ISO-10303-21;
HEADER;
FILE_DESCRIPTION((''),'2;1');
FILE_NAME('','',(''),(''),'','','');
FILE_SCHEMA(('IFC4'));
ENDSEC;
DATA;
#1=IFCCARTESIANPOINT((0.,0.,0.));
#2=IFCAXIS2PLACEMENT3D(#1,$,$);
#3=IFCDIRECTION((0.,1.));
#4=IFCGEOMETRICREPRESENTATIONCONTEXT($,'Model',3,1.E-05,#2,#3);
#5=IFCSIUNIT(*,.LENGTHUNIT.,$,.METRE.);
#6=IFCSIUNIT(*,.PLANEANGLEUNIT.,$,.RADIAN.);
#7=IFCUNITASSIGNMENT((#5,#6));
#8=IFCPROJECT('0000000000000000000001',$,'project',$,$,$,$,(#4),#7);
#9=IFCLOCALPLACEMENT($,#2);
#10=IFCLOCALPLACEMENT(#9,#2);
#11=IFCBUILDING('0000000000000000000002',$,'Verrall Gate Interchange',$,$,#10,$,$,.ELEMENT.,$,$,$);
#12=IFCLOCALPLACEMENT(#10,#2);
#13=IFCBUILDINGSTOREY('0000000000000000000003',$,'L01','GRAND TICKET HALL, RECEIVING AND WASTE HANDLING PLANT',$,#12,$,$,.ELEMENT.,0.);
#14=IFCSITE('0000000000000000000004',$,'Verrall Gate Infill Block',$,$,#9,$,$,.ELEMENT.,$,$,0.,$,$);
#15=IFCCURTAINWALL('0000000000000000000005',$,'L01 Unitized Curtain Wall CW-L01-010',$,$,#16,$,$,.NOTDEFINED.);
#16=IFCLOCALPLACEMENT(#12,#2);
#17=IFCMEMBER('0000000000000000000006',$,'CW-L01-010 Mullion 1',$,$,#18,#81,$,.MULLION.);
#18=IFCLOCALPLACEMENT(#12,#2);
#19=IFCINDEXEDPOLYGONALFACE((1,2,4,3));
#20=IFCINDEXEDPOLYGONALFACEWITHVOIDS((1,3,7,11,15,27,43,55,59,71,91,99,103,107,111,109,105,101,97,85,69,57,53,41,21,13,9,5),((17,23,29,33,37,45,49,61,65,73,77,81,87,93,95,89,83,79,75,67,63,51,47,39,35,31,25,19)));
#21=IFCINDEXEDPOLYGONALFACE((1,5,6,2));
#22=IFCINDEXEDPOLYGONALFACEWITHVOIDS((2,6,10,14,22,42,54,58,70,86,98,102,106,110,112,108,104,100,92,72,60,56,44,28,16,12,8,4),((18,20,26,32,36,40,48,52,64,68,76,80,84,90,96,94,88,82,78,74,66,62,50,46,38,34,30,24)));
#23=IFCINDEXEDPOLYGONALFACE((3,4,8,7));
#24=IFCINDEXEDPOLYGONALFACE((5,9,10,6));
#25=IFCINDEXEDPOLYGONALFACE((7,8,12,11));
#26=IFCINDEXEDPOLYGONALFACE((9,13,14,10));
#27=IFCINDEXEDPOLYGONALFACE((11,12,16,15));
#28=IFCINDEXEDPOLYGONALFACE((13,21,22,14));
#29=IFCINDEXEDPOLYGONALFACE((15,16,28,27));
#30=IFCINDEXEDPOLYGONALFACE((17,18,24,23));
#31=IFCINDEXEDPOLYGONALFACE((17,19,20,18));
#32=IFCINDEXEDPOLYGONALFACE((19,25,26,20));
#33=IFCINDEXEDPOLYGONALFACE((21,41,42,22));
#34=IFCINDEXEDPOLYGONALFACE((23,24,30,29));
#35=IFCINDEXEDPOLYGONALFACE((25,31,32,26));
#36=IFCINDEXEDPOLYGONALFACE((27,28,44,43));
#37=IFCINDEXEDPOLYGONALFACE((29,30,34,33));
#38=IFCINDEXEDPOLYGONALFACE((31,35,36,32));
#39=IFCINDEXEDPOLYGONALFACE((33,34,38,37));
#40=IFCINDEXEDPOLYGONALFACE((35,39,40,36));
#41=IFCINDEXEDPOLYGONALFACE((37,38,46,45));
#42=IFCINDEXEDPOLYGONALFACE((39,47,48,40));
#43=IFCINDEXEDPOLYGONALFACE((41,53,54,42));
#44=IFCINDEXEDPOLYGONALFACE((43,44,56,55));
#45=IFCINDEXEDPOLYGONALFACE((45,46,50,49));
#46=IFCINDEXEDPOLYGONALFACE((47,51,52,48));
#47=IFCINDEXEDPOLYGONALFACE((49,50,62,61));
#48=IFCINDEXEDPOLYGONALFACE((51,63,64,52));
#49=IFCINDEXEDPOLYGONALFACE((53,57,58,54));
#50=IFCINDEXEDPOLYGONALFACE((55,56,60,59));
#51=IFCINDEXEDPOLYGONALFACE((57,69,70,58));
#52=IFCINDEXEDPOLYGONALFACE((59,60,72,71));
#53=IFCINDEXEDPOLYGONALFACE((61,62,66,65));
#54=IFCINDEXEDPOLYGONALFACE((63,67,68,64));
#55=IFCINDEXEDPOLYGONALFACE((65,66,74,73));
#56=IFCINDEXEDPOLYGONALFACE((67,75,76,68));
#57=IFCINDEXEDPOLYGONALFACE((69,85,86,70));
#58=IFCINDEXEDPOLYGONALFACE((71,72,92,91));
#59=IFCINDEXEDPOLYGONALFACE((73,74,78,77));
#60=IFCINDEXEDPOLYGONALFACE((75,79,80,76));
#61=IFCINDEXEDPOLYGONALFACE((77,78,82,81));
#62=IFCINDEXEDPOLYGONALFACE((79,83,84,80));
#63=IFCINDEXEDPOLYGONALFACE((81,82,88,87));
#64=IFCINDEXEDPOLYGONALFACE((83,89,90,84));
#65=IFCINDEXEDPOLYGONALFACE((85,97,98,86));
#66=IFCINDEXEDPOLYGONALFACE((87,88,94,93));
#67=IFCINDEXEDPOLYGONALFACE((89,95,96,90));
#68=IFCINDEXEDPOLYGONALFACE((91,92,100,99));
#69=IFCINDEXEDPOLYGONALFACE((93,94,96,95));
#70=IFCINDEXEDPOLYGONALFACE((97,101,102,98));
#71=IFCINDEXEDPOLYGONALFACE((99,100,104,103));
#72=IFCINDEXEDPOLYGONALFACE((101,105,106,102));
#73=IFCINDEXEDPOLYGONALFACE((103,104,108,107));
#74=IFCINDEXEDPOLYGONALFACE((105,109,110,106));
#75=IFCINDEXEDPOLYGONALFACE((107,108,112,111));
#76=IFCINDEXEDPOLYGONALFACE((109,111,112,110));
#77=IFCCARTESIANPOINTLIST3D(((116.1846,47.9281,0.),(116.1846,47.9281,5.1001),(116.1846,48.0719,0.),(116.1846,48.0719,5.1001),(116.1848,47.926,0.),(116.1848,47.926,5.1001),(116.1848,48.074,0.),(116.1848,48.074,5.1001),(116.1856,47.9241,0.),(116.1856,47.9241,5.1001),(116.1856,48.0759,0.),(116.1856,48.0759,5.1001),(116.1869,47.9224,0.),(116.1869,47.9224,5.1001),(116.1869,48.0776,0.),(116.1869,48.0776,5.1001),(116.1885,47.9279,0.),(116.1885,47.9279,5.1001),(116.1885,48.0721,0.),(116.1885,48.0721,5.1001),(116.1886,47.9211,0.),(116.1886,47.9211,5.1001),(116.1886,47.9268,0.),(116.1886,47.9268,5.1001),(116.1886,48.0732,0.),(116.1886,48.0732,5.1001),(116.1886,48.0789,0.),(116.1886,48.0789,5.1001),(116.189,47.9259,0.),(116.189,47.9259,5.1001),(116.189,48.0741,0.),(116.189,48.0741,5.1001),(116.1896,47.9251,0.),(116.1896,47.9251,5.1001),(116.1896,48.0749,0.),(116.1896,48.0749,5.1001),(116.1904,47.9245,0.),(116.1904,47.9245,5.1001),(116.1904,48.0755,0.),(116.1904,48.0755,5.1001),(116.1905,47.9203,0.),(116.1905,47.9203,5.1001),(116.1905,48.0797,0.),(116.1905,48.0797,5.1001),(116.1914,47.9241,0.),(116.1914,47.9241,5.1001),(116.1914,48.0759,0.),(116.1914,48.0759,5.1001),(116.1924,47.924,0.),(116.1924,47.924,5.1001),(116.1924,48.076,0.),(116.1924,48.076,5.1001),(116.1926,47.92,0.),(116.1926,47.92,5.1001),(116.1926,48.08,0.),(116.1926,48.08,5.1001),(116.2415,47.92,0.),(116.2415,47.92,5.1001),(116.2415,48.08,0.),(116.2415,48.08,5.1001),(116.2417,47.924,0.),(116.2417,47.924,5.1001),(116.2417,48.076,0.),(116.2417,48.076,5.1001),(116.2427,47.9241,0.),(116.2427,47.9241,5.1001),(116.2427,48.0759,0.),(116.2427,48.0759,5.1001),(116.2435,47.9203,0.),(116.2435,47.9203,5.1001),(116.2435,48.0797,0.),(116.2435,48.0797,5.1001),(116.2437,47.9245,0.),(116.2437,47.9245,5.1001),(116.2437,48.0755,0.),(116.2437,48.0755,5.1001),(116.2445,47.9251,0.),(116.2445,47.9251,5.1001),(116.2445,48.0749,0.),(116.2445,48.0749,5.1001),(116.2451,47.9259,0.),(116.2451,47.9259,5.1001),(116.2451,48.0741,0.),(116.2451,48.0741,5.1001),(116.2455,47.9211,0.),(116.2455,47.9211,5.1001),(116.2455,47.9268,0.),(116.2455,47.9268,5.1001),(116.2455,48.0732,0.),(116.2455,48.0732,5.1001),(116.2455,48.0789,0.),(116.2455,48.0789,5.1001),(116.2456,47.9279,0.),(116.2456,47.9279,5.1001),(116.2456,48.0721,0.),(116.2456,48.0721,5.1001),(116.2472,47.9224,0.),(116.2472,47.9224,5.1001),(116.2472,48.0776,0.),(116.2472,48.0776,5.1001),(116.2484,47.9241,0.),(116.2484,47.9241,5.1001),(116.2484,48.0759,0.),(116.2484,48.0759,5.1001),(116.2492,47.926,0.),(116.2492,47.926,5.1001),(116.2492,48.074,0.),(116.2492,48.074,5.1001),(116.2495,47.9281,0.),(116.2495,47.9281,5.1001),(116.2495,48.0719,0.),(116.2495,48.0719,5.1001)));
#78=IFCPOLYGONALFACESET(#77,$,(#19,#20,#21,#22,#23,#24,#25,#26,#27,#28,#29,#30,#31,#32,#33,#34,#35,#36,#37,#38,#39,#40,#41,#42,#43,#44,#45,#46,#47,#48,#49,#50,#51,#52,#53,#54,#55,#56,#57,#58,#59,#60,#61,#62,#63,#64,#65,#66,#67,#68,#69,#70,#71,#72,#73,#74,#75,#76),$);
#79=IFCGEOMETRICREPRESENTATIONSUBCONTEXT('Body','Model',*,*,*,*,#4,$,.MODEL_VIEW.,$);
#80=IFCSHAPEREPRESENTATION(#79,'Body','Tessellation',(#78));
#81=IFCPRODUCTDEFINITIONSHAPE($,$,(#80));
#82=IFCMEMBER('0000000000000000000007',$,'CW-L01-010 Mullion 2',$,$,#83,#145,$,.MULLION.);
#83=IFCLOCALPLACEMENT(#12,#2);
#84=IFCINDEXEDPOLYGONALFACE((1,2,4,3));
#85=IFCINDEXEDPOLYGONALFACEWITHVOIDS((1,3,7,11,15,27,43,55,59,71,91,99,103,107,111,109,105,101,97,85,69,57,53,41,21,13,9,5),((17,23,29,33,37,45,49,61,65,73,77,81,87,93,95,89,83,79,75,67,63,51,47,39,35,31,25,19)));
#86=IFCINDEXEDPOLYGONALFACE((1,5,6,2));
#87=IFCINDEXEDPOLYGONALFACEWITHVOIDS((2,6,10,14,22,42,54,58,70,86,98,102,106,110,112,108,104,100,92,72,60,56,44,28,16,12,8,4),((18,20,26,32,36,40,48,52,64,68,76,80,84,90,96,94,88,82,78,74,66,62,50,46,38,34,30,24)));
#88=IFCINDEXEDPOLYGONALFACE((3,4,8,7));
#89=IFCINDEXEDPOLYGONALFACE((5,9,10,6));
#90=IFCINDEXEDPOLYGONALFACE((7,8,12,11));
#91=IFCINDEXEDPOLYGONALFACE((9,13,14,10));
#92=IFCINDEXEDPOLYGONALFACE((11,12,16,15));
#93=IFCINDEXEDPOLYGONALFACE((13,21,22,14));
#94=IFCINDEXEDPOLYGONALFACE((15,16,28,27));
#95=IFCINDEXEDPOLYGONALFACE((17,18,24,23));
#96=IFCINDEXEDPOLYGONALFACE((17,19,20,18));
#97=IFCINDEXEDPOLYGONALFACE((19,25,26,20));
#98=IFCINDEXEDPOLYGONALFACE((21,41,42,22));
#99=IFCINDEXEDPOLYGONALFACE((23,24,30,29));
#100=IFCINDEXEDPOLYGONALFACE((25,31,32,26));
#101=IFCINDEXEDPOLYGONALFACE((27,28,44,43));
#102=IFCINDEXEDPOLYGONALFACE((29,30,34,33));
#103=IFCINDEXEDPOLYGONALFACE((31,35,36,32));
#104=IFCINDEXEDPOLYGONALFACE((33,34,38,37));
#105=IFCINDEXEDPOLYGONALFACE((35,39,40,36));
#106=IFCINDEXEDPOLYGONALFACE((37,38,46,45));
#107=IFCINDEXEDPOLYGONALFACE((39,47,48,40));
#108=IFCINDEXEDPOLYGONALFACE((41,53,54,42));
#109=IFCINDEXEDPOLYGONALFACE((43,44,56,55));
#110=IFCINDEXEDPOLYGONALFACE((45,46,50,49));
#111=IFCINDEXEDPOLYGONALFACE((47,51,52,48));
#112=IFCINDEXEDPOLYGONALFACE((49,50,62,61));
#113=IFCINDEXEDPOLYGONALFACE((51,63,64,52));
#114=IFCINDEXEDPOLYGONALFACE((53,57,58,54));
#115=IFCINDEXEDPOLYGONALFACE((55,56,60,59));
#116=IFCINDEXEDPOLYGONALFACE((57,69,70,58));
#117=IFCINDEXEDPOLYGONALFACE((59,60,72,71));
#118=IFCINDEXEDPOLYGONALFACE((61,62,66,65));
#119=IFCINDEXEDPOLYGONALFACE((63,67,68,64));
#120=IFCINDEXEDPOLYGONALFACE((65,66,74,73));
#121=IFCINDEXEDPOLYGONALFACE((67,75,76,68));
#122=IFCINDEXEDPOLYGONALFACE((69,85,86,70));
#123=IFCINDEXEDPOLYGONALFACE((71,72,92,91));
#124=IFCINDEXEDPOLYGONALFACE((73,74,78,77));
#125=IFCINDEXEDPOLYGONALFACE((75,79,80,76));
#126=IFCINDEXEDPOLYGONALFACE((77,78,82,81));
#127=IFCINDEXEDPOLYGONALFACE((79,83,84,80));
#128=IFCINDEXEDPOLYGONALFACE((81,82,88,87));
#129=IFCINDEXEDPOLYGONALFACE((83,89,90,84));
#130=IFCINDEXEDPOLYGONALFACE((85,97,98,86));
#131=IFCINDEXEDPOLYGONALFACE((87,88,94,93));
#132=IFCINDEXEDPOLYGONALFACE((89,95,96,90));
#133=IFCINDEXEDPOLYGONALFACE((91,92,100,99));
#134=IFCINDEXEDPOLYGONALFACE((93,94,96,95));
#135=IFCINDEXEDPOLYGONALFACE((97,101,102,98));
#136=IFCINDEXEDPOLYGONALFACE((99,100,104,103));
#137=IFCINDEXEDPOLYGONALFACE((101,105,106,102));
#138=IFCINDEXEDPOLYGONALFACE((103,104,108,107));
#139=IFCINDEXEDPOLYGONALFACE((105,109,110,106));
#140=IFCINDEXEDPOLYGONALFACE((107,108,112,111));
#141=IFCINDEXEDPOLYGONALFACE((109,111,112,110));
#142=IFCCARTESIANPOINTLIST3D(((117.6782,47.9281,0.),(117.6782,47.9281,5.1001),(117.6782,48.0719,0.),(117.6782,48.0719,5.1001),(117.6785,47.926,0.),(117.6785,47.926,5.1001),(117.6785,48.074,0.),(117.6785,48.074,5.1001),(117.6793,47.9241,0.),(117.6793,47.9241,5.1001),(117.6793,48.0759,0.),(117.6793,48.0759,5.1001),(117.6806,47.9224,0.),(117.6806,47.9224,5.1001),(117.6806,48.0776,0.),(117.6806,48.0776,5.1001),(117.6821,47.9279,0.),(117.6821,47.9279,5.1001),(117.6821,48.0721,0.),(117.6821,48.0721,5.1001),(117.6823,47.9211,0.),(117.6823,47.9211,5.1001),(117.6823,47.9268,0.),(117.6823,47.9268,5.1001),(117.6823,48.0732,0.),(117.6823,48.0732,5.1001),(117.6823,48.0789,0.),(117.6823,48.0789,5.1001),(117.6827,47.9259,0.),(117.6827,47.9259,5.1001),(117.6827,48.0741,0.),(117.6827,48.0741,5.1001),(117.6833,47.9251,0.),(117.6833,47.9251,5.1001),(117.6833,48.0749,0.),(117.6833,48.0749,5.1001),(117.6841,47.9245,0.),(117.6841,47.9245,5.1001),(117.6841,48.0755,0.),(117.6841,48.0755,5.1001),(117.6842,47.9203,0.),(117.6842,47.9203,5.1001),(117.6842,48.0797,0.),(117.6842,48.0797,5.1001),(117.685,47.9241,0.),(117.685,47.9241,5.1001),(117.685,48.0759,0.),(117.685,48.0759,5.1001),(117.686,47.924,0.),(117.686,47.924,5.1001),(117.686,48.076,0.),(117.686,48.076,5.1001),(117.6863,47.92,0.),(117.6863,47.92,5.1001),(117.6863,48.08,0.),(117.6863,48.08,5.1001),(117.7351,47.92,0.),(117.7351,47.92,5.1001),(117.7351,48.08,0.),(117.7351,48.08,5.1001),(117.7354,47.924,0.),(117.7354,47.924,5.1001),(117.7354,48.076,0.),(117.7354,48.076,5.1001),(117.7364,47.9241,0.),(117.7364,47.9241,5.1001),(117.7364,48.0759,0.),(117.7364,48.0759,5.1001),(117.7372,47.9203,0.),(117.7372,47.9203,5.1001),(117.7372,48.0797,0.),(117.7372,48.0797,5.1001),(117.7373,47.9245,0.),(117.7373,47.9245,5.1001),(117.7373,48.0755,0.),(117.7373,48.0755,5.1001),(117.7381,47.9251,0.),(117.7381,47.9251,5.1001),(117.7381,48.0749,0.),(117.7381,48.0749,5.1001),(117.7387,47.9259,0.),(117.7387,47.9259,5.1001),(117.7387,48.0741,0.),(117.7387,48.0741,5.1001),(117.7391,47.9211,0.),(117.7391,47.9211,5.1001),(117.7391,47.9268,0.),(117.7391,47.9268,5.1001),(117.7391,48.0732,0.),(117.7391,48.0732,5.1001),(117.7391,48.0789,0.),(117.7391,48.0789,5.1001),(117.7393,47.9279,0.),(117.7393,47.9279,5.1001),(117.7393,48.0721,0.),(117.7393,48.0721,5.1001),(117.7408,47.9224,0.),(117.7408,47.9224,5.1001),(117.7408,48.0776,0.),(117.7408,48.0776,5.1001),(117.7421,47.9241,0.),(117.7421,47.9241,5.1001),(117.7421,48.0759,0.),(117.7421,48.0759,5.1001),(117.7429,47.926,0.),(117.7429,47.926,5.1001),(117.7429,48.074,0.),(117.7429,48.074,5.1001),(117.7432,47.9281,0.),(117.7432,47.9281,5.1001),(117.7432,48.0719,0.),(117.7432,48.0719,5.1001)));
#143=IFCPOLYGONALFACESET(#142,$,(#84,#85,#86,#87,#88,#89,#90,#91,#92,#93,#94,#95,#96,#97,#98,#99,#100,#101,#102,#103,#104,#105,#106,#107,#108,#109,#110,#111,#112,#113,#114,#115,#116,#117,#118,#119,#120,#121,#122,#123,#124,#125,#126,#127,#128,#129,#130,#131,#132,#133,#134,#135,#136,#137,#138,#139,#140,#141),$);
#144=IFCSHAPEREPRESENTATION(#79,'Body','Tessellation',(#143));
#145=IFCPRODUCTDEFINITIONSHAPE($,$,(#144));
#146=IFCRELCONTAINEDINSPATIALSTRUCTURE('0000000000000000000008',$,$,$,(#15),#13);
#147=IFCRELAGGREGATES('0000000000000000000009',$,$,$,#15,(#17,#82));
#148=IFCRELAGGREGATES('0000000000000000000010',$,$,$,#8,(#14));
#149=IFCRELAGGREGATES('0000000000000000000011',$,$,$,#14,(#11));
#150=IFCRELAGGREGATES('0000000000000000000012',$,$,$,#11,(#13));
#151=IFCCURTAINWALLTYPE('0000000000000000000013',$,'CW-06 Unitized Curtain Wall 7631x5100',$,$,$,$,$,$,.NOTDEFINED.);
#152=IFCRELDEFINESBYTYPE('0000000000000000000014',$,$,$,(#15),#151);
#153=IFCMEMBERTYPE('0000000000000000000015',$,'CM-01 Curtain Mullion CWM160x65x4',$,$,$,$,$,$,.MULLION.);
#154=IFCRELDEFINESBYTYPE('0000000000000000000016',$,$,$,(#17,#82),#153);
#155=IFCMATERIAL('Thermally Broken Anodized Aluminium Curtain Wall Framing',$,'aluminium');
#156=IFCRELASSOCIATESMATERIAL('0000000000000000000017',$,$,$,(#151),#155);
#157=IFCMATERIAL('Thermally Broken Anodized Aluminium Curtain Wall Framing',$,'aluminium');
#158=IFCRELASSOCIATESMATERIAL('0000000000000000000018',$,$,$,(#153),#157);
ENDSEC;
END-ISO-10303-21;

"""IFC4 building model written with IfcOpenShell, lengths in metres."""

from ifc_helpers import new_model, si_unit, direction, frame, origin, origin_2d, place, context, subcontext, project, spatial, hollow_rectangle, extrude, material, material_profile, profile_set, type_object, element, aggregate, save


model = new_model("IFC4")

# Units and contexts
model_context = context("Model", 3, precision=1e-05, world=origin(), true_north=direction((0.0, 1.0)))
body_context = subcontext(model_context, "Body", "Model", "MODEL_VIEW")
ifc_project = project(units=[si_unit("LENGTHUNIT", "METRE"), si_unit("PLANEANGLEUNIT", "RADIAN")], contexts=[model_context])

# Site, building, storey
site_placement = place(None, origin())
site = spatial("IfcSite", under=ifc_project, at=site_placement, Name="Verrall Gate Infill Block", CompositionType="ELEMENT", RefElevation=0.0)
building_placement = place(site_placement, origin())
building = spatial("IfcBuilding", under=site, at=building_placement, Name="Verrall Gate Interchange", CompositionType="ELEMENT")
storey_placement = place(building_placement, origin())
storey = spatial("IfcBuildingStorey", under=building, at=storey_placement, Name="L01", Description="GRAND TICKET HALL, RECEIVING AND WASTE HANDLING PLANT", CompositionType="ELEMENT", Elevation=0.0)

# Curtain wall, members
ifc_material_1 = material(Name="Thermally Broken Anodized Aluminium Curtain Wall Framing", Category="aluminium")
curtain_wall_type = type_object("IfcCurtainWallType", Name="CW-06 Unitized Curtain Wall 7631x5100", PredefinedType="NOTDEFINED", material=ifc_material_1)
curtain_wall_placement = place(storey_placement, origin())
curtain_wall = element("IfcCurtainWall", 1, at=curtain_wall_placement, inside=storey, type_object=curtain_wall_type, Name="L01 Unitized Curtain Wall CW-L01-010", PredefinedType="NOTDEFINED")
ifc_material_2 = material(Name="Thermally Broken Anodized Aluminium Curtain Wall Framing", Category="aluminium")
ifc_material_profile_1 = material_profile(ifc_material_2, hollow_rectangle(XDim=0.0649, YDim=0.1599, WallThickness=0.0039, InnerFilletRadius=0.0039, OuterFilletRadius=0.0081, at=origin_2d()), Name="CWM160x65x4")
ifc_profile_set_1 = profile_set([ifc_material_profile_1], Name="Thermally Broken Anodized Aluminium Curtain Wall Framing")
member_type = type_object("IfcMemberType", Name="CM-01 Curtain Mullion CWM160x65x4", PredefinedType="MULLION", material=ifc_profile_set_1)
member_1_placement = place(storey_placement, frame((116.217, 48.0, 0.0), z_axis=(0.0, 0.0, 1.0), x_axis=(1.0, 0.0, 0.0)))
member_1 = element("IfcMember", 2, at=member_1_placement, type_object=member_type, Name="CW-L01-010 Mullion 1", PredefinedType="MULLION", context=body_context, shape_type="SweptSolid", body=[
    extrude(hollow_rectangle(XDim=0.0649, YDim=0.1599, WallThickness=0.0039, InnerFilletRadius=0.0039, OuterFilletRadius=0.0081, at=origin_2d()), origin(), (0.0, 0.0, 1.0), 5.1001),
])
member_2_placement = place(storey_placement, frame((117.7107, 48.0, 0.0), z_axis=(0.0, 0.0, 1.0), x_axis=(1.0, 0.0, 0.0)))
member_2 = element("IfcMember", 3, at=member_2_placement, type_object=member_type, Name="CW-L01-010 Mullion 2", PredefinedType="MULLION", context=body_context, shape_type="SweptSolid", body=[
    extrude(hollow_rectangle(XDim=0.0649, YDim=0.1599, WallThickness=0.0039, InnerFilletRadius=0.0039, OuterFilletRadius=0.0081, at=origin_2d()), origin(), (0.0, 0.0, 1.0), 5.1001),
])

aggregate(curtain_wall, [member_1, member_2])

save(model, "model.ifc")
